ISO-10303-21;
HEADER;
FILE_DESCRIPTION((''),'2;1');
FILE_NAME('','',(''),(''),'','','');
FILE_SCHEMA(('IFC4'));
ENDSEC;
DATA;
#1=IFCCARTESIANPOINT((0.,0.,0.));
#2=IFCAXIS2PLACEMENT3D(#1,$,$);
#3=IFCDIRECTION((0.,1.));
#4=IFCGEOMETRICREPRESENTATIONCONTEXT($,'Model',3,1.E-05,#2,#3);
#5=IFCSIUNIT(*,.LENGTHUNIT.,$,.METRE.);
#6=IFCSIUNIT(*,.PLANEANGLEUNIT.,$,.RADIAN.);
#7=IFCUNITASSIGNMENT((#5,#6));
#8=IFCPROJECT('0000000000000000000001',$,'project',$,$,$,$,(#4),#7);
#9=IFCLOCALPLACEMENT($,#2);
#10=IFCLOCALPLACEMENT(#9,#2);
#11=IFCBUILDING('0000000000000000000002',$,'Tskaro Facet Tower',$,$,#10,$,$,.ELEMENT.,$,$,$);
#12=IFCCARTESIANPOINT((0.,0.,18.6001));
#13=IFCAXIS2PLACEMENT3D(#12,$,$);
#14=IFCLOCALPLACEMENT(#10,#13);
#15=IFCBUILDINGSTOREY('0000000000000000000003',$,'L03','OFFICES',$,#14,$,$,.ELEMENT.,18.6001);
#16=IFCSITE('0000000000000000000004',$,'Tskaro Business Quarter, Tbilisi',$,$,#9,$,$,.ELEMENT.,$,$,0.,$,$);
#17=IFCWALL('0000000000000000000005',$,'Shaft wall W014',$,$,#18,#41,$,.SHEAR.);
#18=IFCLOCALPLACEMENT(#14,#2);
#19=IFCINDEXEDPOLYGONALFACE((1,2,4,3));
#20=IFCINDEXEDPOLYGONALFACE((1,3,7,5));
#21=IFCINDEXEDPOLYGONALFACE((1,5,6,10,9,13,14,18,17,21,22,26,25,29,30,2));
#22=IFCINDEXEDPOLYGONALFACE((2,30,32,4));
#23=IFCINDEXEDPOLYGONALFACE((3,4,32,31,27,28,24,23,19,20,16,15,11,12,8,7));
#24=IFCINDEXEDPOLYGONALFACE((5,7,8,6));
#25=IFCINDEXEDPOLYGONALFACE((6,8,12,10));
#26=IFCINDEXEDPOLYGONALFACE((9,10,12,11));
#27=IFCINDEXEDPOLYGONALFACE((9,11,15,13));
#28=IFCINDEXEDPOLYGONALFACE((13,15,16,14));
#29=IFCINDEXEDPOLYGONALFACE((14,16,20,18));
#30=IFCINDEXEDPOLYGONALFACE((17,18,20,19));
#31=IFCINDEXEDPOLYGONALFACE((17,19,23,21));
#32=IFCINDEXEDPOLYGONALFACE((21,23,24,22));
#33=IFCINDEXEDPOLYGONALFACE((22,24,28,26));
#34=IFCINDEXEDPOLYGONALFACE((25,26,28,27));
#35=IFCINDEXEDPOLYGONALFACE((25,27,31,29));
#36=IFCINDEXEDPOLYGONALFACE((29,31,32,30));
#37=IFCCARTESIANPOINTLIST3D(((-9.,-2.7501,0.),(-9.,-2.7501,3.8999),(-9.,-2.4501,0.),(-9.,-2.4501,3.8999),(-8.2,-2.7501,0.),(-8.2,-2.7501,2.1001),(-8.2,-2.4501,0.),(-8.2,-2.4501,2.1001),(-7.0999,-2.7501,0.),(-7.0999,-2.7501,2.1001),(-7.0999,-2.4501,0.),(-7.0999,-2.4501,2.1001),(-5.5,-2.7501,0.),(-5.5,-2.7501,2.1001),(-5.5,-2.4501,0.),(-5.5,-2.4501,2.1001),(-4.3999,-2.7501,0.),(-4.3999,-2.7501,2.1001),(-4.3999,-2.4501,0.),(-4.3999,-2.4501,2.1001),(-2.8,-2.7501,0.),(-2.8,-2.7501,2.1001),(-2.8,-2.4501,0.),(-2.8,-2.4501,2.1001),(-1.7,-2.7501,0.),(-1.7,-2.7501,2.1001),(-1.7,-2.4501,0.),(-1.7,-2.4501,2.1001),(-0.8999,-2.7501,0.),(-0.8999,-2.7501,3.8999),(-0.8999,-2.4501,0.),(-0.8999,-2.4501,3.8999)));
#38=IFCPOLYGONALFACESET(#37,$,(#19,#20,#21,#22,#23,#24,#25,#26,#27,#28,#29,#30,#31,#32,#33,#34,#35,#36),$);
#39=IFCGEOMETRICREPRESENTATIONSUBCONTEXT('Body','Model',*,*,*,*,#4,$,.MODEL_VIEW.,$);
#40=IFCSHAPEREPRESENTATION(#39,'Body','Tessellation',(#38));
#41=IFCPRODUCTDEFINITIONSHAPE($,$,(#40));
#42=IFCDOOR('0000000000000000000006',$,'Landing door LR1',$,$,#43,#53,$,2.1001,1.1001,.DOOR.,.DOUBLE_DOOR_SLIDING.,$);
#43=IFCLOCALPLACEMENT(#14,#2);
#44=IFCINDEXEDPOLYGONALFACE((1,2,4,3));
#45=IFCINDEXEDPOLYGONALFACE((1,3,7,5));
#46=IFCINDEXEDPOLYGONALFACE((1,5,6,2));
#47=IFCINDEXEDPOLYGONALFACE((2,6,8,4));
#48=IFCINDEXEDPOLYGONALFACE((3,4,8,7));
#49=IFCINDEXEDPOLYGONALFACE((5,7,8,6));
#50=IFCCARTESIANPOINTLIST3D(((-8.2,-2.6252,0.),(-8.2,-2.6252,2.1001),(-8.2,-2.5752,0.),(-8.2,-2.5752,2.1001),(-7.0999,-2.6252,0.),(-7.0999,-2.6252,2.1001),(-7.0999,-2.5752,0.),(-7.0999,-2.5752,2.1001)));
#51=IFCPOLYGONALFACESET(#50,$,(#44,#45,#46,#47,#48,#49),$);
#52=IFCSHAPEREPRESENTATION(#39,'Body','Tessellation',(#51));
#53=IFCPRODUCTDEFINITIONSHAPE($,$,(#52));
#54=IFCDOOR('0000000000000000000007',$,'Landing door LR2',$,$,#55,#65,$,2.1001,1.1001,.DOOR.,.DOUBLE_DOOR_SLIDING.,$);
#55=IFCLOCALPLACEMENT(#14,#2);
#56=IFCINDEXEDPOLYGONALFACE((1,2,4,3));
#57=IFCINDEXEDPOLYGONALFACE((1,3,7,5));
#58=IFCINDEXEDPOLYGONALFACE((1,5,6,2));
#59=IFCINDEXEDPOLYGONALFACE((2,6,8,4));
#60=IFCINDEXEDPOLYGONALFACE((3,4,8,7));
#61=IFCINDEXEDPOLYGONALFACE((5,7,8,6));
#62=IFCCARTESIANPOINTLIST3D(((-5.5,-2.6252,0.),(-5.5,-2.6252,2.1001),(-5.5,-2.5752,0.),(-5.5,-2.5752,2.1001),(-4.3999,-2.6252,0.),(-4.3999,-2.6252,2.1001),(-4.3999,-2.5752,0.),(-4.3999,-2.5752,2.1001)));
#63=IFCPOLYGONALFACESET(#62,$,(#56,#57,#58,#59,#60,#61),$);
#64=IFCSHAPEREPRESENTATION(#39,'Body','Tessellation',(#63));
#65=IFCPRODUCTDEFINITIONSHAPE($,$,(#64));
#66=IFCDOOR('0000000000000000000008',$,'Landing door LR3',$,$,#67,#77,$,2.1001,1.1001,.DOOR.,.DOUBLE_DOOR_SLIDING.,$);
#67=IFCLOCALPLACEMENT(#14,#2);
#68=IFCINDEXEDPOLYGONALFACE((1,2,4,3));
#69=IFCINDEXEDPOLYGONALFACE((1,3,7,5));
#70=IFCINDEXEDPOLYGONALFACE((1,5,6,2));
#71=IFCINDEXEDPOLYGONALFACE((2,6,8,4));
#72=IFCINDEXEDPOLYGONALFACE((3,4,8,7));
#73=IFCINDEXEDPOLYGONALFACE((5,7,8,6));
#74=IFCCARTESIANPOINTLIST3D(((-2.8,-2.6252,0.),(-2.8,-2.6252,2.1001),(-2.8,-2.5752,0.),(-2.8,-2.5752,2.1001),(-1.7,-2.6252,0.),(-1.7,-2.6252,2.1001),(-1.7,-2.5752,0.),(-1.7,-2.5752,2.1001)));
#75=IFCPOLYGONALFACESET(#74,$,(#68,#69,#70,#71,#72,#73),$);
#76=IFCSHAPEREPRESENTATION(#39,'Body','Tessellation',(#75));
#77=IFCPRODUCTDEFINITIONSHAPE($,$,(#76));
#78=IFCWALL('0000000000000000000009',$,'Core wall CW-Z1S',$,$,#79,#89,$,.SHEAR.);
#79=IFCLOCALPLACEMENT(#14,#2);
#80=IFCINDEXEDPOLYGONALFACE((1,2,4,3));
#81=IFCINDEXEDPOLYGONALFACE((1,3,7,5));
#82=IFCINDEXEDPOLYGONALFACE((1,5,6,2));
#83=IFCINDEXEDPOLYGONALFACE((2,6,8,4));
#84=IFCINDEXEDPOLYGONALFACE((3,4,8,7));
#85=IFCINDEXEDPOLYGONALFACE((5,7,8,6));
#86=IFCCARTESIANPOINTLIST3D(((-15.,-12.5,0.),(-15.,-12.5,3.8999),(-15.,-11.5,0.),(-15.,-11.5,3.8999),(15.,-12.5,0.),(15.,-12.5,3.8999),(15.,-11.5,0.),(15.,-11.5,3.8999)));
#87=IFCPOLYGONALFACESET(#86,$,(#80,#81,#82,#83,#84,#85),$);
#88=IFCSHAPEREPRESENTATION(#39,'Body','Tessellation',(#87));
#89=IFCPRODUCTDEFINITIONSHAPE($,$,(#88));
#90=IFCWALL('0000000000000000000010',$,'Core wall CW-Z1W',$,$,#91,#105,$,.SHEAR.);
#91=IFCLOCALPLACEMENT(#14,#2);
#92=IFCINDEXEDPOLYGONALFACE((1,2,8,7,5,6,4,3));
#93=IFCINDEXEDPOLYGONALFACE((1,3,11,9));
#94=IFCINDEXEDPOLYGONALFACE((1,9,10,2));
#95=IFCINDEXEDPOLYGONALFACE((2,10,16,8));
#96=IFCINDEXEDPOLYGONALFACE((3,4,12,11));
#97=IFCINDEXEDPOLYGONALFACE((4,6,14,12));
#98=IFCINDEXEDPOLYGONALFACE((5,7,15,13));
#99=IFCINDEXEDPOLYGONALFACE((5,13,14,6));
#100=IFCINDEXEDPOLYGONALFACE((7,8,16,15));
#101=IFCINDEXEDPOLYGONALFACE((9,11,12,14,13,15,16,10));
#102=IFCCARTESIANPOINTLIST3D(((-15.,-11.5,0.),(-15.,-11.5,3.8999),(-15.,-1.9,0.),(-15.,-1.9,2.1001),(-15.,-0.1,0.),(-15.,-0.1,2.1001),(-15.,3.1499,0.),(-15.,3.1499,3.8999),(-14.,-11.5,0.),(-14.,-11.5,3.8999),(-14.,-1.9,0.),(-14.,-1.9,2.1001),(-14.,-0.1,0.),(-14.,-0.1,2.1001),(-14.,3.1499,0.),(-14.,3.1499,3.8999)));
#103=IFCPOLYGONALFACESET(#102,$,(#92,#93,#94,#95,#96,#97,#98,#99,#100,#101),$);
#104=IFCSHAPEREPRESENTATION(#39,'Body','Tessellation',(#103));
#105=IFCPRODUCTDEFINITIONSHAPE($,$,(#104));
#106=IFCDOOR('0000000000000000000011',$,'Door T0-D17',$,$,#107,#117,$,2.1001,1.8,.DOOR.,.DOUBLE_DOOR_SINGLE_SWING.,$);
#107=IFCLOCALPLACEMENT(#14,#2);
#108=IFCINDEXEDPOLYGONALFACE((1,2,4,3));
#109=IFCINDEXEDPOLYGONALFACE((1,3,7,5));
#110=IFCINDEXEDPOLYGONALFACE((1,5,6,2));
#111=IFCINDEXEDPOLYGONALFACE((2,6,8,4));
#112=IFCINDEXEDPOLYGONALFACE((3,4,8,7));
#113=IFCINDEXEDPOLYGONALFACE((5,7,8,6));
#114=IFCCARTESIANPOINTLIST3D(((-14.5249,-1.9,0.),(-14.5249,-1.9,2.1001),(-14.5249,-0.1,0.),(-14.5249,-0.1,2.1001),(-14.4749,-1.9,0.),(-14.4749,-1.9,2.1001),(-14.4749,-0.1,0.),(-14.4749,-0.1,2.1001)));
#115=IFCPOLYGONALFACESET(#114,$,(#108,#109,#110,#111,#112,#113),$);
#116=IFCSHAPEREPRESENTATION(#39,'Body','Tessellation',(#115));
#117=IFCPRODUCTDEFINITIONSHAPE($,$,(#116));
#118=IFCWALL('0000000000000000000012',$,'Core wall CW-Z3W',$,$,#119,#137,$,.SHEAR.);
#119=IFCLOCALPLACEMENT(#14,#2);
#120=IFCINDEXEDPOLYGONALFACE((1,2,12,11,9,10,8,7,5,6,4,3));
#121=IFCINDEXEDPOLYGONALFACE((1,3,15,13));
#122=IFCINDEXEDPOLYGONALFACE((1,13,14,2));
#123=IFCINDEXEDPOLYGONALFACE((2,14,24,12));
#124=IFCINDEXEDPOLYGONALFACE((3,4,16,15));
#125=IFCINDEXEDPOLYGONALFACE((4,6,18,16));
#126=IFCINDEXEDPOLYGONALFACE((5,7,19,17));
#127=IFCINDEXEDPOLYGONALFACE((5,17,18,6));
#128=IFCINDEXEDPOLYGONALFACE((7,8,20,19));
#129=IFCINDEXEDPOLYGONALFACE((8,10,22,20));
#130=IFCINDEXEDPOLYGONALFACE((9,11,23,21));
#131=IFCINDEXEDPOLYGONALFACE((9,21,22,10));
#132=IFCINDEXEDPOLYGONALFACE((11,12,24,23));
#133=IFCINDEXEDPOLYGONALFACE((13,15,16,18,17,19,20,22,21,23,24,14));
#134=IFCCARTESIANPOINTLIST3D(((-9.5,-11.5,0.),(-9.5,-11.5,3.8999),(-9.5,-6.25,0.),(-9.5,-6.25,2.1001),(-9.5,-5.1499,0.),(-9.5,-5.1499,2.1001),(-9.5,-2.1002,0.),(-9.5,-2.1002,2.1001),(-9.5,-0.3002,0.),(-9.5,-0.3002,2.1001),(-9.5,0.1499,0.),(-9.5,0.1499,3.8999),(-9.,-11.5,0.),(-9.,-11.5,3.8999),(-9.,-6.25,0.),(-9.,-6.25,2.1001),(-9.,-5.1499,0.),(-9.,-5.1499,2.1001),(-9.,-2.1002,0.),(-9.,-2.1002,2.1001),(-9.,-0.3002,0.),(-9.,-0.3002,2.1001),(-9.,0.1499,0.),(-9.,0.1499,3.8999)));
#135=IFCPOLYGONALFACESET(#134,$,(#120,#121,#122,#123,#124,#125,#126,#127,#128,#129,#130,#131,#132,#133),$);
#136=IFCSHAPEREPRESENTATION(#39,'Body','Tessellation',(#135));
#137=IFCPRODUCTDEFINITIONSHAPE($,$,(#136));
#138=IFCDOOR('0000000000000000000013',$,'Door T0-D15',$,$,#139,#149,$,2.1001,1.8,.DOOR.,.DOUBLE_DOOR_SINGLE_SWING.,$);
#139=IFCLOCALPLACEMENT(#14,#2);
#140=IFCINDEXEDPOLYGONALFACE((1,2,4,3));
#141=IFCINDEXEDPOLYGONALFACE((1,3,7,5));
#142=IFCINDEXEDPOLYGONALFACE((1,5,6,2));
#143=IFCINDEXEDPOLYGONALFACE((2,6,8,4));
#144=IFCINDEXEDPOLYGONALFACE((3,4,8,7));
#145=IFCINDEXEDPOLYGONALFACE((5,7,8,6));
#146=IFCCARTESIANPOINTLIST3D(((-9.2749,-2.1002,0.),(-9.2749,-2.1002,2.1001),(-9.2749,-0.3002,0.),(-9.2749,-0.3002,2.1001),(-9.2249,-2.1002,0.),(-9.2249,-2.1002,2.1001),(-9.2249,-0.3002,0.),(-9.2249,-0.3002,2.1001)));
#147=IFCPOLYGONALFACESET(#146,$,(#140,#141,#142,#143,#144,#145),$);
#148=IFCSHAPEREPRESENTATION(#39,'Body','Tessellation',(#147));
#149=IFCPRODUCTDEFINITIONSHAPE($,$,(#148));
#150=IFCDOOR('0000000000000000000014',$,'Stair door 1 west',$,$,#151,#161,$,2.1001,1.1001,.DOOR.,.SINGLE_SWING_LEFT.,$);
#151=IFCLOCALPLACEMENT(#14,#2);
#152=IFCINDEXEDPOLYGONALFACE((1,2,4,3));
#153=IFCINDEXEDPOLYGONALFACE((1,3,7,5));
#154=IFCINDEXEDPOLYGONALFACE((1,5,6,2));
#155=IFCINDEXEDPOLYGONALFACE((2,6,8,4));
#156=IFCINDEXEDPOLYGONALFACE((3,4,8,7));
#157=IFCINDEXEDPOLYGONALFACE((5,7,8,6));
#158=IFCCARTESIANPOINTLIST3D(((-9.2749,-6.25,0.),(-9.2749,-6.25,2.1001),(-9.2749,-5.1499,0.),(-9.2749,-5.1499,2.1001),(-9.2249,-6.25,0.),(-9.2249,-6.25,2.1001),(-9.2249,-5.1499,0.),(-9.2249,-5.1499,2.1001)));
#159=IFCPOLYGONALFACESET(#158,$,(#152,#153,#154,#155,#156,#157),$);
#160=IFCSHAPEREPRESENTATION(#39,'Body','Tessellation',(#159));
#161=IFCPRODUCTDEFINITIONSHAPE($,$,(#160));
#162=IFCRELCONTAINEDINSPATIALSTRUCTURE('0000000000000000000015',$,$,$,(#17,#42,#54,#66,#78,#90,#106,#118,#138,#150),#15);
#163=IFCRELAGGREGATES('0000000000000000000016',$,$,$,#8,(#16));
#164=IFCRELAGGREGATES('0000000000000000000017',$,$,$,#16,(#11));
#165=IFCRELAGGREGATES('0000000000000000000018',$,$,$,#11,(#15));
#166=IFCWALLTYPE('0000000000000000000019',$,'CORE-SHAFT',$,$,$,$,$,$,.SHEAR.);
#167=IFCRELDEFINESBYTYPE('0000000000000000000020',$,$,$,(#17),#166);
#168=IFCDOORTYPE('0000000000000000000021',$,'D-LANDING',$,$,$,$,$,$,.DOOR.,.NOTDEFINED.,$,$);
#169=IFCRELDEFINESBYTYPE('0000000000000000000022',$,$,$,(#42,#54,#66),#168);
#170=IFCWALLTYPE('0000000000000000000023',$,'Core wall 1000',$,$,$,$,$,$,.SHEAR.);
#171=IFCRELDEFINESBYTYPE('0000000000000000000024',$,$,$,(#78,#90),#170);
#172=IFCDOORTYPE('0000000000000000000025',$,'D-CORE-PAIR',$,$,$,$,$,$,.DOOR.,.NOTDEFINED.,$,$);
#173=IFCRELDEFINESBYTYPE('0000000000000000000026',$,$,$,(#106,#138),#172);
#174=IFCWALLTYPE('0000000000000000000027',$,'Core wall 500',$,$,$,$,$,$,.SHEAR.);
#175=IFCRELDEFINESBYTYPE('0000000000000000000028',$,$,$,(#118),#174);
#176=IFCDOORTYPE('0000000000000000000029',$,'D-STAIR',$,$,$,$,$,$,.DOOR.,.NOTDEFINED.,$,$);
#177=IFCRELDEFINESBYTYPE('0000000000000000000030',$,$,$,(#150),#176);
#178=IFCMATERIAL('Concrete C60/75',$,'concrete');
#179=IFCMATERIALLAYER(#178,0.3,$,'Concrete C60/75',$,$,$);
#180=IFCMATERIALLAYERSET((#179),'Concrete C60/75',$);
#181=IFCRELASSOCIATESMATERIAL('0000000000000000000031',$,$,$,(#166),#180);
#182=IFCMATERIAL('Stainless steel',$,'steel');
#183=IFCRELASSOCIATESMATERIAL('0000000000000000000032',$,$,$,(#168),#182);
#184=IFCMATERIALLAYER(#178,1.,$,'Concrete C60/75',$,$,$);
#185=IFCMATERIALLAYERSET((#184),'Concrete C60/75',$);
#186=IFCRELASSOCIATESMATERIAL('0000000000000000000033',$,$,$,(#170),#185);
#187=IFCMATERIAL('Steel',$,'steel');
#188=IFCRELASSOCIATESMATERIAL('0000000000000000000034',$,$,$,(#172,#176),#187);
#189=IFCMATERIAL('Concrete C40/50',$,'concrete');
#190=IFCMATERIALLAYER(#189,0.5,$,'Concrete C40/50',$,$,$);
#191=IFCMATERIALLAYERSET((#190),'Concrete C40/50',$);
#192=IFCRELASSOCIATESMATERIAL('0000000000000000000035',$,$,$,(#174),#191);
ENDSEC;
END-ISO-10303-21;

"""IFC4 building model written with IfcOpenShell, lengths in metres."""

from ifc_helpers import new_model, si_unit, direction, frame, frame_2d, origin, place, context, subcontext, project, spatial, rectangle, extrude, material, layer, layer_set, type_object, element, fill, save


model = new_model("IFC4")

# Units and contexts
model_context = context("Model", 3, precision=1e-05, world=origin(), true_north=direction((0.0, 1.0)))
body_context = subcontext(model_context, "Body", "Model", "MODEL_VIEW")
ifc_project = project(units=[si_unit("LENGTHUNIT", "METRE"), si_unit("PLANEANGLEUNIT", "RADIAN")], contexts=[model_context])

# Site, building, storey
site_placement = place(None, origin())
site = spatial("IfcSite", under=ifc_project, at=site_placement, Name="Tskaro Business Quarter, Tbilisi", CompositionType="ELEMENT", RefElevation=0.0)
building_placement = place(site_placement, origin())
building = spatial("IfcBuilding", under=site, at=building_placement, Name="Tskaro Facet Tower", CompositionType="ELEMENT")
storey_placement = place(building_placement, frame((0.0, 0.0, 18.6001)))
storey = spatial("IfcBuildingStorey", under=building, at=storey_placement, Name="L03", Description="OFFICES", CompositionType="ELEMENT", Elevation=18.6001)

# Shared definitions
ifc_material_1 = material(Name="Concrete C60/75", Category="concrete")
ifc_layer_1 = layer(ifc_material_1, 0.3, Name="Concrete C60/75")
ifc_layer_set_1 = layer_set([ifc_layer_1], Name="Concrete C60/75")
wall_type_1 = type_object("IfcWallType", Name="CORE-SHAFT", PredefinedType="SHEAR", material=ifc_layer_set_1)

# Wall, openings, doors
wall_1_placement = place(storey_placement, frame((-9.0, -2.6001, 0.0), z_axis=(0.0, 0.0, 1.0), x_axis=(1.0, 0.0, 0.0)))
wall_1 = element("IfcWall", 1, at=wall_1_placement, inside=storey, type_object=wall_type_1, Name="Shaft wall W014", PredefinedType="SHEAR", context=body_context, shape_type="SweptSolid", body=[
    extrude(rectangle(XDim=8.1001, YDim=0.3, at=frame_2d((4.05, 0.0))), origin(), (0.0, 0.0, 1.0), 3.8999),
])
opening_1_placement = place(wall_1_placement, frame((0.8, 0.0, 0.0)))
opening_1 = element("IfcOpeningElement", 2, at=opening_1_placement, cuts=wall_1, PredefinedType="OPENING", context=body_context, shape_type="SweptSolid", body=[
    extrude(rectangle(XDim=1.1001, YDim=2.1001, at=frame_2d((0.55, 1.05))), frame((0.0, 0.1599, 0.0), z_axis=(0.0, -1.0, 0.0), x_axis=(1.0, 0.0, 0.0)), (0.0, 0.0, 1.0), 0.3201),
])
opening_2_placement = place(wall_1_placement, frame((3.5, 0.0, 0.0)))
opening_2 = element("IfcOpeningElement", 3, at=opening_2_placement, cuts=wall_1, PredefinedType="OPENING", context=body_context, shape_type="SweptSolid", body=[
    extrude(rectangle(XDim=1.1001, YDim=2.1001, at=frame_2d((0.55, 1.05))), frame((0.0, 0.1599, 0.0), z_axis=(0.0, -1.0, 0.0), x_axis=(1.0, 0.0, 0.0)), (0.0, 0.0, 1.0), 0.3201),
])
opening_3_placement = place(wall_1_placement, frame((6.2, 0.0, 0.0)))
opening_3 = element("IfcOpeningElement", 4, at=opening_3_placement, cuts=wall_1, PredefinedType="OPENING", context=body_context, shape_type="SweptSolid", body=[
    extrude(rectangle(XDim=1.1001, YDim=2.1001, at=frame_2d((0.55, 1.05))), frame((0.0, 0.1599, 0.0), z_axis=(0.0, -1.0, 0.0), x_axis=(1.0, 0.0, 0.0)), (0.0, 0.0, 1.0), 0.3201),
])
ifc_material_2 = material(Name="Stainless steel", Category="steel")
door_type_1 = type_object("IfcDoorType", Name="D-LANDING", OperationType="NOTDEFINED", PredefinedType="DOOR", material=ifc_material_2)
door_1_placement = place(opening_1_placement, origin())
door_1 = element("IfcDoor", 5, at=door_1_placement, inside=storey, type_object=door_type_1, Name="Landing door LR1", OperationType="DOUBLE_DOOR_SLIDING", OverallHeight=2.1001, OverallWidth=1.1001, PredefinedType="DOOR", context=body_context, shape_type="SweptSolid", body=[
    extrude(rectangle(XDim=1.1001, YDim=2.1001, at=frame_2d((0.55, 1.05))), frame((0.0, 0.0249, 0.0), z_axis=(0.0, -1.0, 0.0), x_axis=(1.0, 0.0, 0.0)), (0.0, 0.0, 1.0), 0.05),
])
fill(opening_1, door_1)
door_2_placement = place(opening_2_placement, origin())
door_2 = element("IfcDoor", 6, at=door_2_placement, inside=storey, type_object=door_type_1, Name="Landing door LR2", OperationType="DOUBLE_DOOR_SLIDING", OverallHeight=2.1001, OverallWidth=1.1001, PredefinedType="DOOR", context=body_context, shape_type="SweptSolid", body=[
    extrude(rectangle(XDim=1.1001, YDim=2.1001, at=frame_2d((0.55, 1.05))), frame((0.0, 0.0249, 0.0), z_axis=(0.0, -1.0, 0.0), x_axis=(1.0, 0.0, 0.0)), (0.0, 0.0, 1.0), 0.05),
])
fill(opening_2, door_2)
door_3_placement = place(opening_3_placement, origin())
door_3 = element("IfcDoor", 7, at=door_3_placement, inside=storey, type_object=door_type_1, Name="Landing door LR3", OperationType="DOUBLE_DOOR_SLIDING", OverallHeight=2.1001, OverallWidth=1.1001, PredefinedType="DOOR", context=body_context, shape_type="SweptSolid", body=[
    extrude(rectangle(XDim=1.1001, YDim=2.1001, at=frame_2d((0.55, 1.05))), frame((0.0, 0.0249, 0.0), z_axis=(0.0, -1.0, 0.0), x_axis=(1.0, 0.0, 0.0)), (0.0, 0.0, 1.0), 0.05),
])
fill(opening_3, door_3)

# Wall
ifc_layer_2 = layer(ifc_material_1, 1.0, Name="Concrete C60/75")
ifc_layer_set_2 = layer_set([ifc_layer_2], Name="Concrete C60/75")
wall_type_2 = type_object("IfcWallType", Name="Core wall 1000", PredefinedType="SHEAR", material=ifc_layer_set_2)
wall_2_placement = place(storey_placement, frame((-15.0, -12.0, 0.0), z_axis=(0.0, 0.0, 1.0), x_axis=(1.0, 0.0, 0.0)))
element("IfcWall", 8, at=wall_2_placement, inside=storey, type_object=wall_type_2, Name="Core wall CW-Z1S", PredefinedType="SHEAR", context=body_context, shape_type="SweptSolid", body=[
    extrude(rectangle(XDim=30.0, YDim=1.0, at=frame_2d((15.0, 0.0))), origin(), (0.0, 0.0, 1.0), 3.8999),
])

# Wall, opening, door
wall_3_placement = place(storey_placement, frame((-14.5, -11.5, 0.0), z_axis=(0.0, 0.0, 1.0), x_axis=(0.0, 1.0, 0.0)))
wall_3 = element("IfcWall", 9, at=wall_3_placement, inside=storey, type_object=wall_type_2, Name="Core wall CW-Z1W", PredefinedType="SHEAR", context=body_context, shape_type="SweptSolid", body=[
    extrude(rectangle(XDim=14.6499, YDim=1.0, at=frame_2d((7.325, 0.0))), origin(), (0.0, 0.0, 1.0), 3.8999),
])
opening_4_placement = place(wall_3_placement, frame((9.6001, 0.0, 0.0)))
opening_4 = element("IfcOpeningElement", 10, at=opening_4_placement, cuts=wall_3, PredefinedType="OPENING", context=body_context, shape_type="SweptSolid", body=[
    extrude(rectangle(XDim=1.8, YDim=2.1001, at=frame_2d((0.8999, 1.05))), frame((0.0, 0.51, 0.0), z_axis=(0.0, -1.0, 0.0), x_axis=(1.0, 0.0, 0.0)), (0.0, 0.0, 1.0), 1.02),
])
ifc_material_3 = material(Name="Steel", Category="steel")
door_type_2 = type_object("IfcDoorType", Name="D-CORE-PAIR", OperationType="NOTDEFINED", PredefinedType="DOOR", material=ifc_material_3)
door_4_placement = place(opening_4_placement, origin())
door_4 = element("IfcDoor", 11, at=door_4_placement, inside=storey, type_object=door_type_2, Name="Door T0-D17", OperationType="DOUBLE_DOOR_SINGLE_SWING", OverallHeight=2.1001, OverallWidth=1.8, PredefinedType="DOOR", context=body_context, shape_type="SweptSolid", body=[
    extrude(rectangle(XDim=1.8, YDim=2.1001, at=frame_2d((0.8999, 1.05))), frame((0.0, 0.0249, 0.0), z_axis=(0.0, -1.0, 0.0), x_axis=(1.0, 0.0, 0.0)), (0.0, 0.0, 1.0), 0.05),
])
fill(opening_4, door_4)

# Wall, openings, doors
ifc_material_4 = material(Name="Concrete C40/50", Category="concrete")
ifc_layer_3 = layer(ifc_material_4, 0.5, Name="Concrete C40/50")
ifc_layer_set_3 = layer_set([ifc_layer_3], Name="Concrete C40/50")
wall_type_3 = type_object("IfcWallType", Name="Core wall 500", PredefinedType="SHEAR", material=ifc_layer_set_3)
wall_4_placement = place(storey_placement, frame((-9.25, -11.5, 0.0), z_axis=(0.0, 0.0, 1.0), x_axis=(0.0, 1.0, 0.0)))
wall_4 = element("IfcWall", 12, at=wall_4_placement, inside=storey, type_object=wall_type_3, Name="Core wall CW-Z3W", PredefinedType="SHEAR", context=body_context, shape_type="SweptSolid", body=[
    extrude(rectangle(XDim=11.6499, YDim=0.5, at=frame_2d((5.825, 0.0))), origin(), (0.0, 0.0, 1.0), 3.8999),
])
opening_5_placement = place(wall_4_placement, frame((9.3999, 0.0, 0.0)))
opening_5 = element("IfcOpeningElement", 13, at=opening_5_placement, cuts=wall_4, PredefinedType="OPENING", context=body_context, shape_type="SweptSolid", body=[
    extrude(rectangle(XDim=1.8, YDim=2.1001, at=frame_2d((0.8999, 1.05))), frame((0.0, 0.26, 0.0), z_axis=(0.0, -1.0, 0.0), x_axis=(1.0, 0.0, 0.0)), (0.0, 0.0, 1.0), 0.52),
])
opening_6_placement = place(wall_4_placement, frame((5.25, 0.0, 0.0)))
opening_6 = element("IfcOpeningElement", 14, at=opening_6_placement, cuts=wall_4, PredefinedType="OPENING", context=body_context, shape_type="SweptSolid", body=[
    extrude(rectangle(XDim=1.1001, YDim=2.1001, at=frame_2d((0.55, 1.05))), frame((0.0, 0.26, 0.0), z_axis=(0.0, -1.0, 0.0), x_axis=(1.0, 0.0, 0.0)), (0.0, 0.0, 1.0), 0.52),
])
door_5_placement = place(opening_5_placement, origin())
door_5 = element("IfcDoor", 15, at=door_5_placement, inside=storey, type_object=door_type_2, Name="Door T0-D15", OperationType="DOUBLE_DOOR_SINGLE_SWING", OverallHeight=2.1001, OverallWidth=1.8, PredefinedType="DOOR", context=body_context, shape_type="SweptSolid", body=[
    extrude(rectangle(XDim=1.8, YDim=2.1001, at=frame_2d((0.8999, 1.05))), frame((0.0, 0.0249, 0.0), z_axis=(0.0, -1.0, 0.0), x_axis=(1.0, 0.0, 0.0)), (0.0, 0.0, 1.0), 0.05),
])
fill(opening_5, door_5)
door_type_3 = type_object("IfcDoorType", Name="D-STAIR", OperationType="NOTDEFINED", PredefinedType="DOOR", material=ifc_material_3)
door_6_placement = place(opening_6_placement, origin())
door_6 = element("IfcDoor", 16, at=door_6_placement, inside=storey, type_object=door_type_3, Name="Stair door 1 west", OperationType="SINGLE_SWING_LEFT", OverallHeight=2.1001, OverallWidth=1.1001, PredefinedType="DOOR", context=body_context, shape_type="SweptSolid", body=[
    extrude(rectangle(XDim=1.1001, YDim=2.1001, at=frame_2d((0.55, 1.05))), frame((0.0, 0.0249, 0.0), z_axis=(0.0, -1.0, 0.0), x_axis=(1.0, 0.0, 0.0)), (0.0, 0.0, 1.0), 0.05),
])
fill(opening_6, door_6)

save(model, "model.ifc")
